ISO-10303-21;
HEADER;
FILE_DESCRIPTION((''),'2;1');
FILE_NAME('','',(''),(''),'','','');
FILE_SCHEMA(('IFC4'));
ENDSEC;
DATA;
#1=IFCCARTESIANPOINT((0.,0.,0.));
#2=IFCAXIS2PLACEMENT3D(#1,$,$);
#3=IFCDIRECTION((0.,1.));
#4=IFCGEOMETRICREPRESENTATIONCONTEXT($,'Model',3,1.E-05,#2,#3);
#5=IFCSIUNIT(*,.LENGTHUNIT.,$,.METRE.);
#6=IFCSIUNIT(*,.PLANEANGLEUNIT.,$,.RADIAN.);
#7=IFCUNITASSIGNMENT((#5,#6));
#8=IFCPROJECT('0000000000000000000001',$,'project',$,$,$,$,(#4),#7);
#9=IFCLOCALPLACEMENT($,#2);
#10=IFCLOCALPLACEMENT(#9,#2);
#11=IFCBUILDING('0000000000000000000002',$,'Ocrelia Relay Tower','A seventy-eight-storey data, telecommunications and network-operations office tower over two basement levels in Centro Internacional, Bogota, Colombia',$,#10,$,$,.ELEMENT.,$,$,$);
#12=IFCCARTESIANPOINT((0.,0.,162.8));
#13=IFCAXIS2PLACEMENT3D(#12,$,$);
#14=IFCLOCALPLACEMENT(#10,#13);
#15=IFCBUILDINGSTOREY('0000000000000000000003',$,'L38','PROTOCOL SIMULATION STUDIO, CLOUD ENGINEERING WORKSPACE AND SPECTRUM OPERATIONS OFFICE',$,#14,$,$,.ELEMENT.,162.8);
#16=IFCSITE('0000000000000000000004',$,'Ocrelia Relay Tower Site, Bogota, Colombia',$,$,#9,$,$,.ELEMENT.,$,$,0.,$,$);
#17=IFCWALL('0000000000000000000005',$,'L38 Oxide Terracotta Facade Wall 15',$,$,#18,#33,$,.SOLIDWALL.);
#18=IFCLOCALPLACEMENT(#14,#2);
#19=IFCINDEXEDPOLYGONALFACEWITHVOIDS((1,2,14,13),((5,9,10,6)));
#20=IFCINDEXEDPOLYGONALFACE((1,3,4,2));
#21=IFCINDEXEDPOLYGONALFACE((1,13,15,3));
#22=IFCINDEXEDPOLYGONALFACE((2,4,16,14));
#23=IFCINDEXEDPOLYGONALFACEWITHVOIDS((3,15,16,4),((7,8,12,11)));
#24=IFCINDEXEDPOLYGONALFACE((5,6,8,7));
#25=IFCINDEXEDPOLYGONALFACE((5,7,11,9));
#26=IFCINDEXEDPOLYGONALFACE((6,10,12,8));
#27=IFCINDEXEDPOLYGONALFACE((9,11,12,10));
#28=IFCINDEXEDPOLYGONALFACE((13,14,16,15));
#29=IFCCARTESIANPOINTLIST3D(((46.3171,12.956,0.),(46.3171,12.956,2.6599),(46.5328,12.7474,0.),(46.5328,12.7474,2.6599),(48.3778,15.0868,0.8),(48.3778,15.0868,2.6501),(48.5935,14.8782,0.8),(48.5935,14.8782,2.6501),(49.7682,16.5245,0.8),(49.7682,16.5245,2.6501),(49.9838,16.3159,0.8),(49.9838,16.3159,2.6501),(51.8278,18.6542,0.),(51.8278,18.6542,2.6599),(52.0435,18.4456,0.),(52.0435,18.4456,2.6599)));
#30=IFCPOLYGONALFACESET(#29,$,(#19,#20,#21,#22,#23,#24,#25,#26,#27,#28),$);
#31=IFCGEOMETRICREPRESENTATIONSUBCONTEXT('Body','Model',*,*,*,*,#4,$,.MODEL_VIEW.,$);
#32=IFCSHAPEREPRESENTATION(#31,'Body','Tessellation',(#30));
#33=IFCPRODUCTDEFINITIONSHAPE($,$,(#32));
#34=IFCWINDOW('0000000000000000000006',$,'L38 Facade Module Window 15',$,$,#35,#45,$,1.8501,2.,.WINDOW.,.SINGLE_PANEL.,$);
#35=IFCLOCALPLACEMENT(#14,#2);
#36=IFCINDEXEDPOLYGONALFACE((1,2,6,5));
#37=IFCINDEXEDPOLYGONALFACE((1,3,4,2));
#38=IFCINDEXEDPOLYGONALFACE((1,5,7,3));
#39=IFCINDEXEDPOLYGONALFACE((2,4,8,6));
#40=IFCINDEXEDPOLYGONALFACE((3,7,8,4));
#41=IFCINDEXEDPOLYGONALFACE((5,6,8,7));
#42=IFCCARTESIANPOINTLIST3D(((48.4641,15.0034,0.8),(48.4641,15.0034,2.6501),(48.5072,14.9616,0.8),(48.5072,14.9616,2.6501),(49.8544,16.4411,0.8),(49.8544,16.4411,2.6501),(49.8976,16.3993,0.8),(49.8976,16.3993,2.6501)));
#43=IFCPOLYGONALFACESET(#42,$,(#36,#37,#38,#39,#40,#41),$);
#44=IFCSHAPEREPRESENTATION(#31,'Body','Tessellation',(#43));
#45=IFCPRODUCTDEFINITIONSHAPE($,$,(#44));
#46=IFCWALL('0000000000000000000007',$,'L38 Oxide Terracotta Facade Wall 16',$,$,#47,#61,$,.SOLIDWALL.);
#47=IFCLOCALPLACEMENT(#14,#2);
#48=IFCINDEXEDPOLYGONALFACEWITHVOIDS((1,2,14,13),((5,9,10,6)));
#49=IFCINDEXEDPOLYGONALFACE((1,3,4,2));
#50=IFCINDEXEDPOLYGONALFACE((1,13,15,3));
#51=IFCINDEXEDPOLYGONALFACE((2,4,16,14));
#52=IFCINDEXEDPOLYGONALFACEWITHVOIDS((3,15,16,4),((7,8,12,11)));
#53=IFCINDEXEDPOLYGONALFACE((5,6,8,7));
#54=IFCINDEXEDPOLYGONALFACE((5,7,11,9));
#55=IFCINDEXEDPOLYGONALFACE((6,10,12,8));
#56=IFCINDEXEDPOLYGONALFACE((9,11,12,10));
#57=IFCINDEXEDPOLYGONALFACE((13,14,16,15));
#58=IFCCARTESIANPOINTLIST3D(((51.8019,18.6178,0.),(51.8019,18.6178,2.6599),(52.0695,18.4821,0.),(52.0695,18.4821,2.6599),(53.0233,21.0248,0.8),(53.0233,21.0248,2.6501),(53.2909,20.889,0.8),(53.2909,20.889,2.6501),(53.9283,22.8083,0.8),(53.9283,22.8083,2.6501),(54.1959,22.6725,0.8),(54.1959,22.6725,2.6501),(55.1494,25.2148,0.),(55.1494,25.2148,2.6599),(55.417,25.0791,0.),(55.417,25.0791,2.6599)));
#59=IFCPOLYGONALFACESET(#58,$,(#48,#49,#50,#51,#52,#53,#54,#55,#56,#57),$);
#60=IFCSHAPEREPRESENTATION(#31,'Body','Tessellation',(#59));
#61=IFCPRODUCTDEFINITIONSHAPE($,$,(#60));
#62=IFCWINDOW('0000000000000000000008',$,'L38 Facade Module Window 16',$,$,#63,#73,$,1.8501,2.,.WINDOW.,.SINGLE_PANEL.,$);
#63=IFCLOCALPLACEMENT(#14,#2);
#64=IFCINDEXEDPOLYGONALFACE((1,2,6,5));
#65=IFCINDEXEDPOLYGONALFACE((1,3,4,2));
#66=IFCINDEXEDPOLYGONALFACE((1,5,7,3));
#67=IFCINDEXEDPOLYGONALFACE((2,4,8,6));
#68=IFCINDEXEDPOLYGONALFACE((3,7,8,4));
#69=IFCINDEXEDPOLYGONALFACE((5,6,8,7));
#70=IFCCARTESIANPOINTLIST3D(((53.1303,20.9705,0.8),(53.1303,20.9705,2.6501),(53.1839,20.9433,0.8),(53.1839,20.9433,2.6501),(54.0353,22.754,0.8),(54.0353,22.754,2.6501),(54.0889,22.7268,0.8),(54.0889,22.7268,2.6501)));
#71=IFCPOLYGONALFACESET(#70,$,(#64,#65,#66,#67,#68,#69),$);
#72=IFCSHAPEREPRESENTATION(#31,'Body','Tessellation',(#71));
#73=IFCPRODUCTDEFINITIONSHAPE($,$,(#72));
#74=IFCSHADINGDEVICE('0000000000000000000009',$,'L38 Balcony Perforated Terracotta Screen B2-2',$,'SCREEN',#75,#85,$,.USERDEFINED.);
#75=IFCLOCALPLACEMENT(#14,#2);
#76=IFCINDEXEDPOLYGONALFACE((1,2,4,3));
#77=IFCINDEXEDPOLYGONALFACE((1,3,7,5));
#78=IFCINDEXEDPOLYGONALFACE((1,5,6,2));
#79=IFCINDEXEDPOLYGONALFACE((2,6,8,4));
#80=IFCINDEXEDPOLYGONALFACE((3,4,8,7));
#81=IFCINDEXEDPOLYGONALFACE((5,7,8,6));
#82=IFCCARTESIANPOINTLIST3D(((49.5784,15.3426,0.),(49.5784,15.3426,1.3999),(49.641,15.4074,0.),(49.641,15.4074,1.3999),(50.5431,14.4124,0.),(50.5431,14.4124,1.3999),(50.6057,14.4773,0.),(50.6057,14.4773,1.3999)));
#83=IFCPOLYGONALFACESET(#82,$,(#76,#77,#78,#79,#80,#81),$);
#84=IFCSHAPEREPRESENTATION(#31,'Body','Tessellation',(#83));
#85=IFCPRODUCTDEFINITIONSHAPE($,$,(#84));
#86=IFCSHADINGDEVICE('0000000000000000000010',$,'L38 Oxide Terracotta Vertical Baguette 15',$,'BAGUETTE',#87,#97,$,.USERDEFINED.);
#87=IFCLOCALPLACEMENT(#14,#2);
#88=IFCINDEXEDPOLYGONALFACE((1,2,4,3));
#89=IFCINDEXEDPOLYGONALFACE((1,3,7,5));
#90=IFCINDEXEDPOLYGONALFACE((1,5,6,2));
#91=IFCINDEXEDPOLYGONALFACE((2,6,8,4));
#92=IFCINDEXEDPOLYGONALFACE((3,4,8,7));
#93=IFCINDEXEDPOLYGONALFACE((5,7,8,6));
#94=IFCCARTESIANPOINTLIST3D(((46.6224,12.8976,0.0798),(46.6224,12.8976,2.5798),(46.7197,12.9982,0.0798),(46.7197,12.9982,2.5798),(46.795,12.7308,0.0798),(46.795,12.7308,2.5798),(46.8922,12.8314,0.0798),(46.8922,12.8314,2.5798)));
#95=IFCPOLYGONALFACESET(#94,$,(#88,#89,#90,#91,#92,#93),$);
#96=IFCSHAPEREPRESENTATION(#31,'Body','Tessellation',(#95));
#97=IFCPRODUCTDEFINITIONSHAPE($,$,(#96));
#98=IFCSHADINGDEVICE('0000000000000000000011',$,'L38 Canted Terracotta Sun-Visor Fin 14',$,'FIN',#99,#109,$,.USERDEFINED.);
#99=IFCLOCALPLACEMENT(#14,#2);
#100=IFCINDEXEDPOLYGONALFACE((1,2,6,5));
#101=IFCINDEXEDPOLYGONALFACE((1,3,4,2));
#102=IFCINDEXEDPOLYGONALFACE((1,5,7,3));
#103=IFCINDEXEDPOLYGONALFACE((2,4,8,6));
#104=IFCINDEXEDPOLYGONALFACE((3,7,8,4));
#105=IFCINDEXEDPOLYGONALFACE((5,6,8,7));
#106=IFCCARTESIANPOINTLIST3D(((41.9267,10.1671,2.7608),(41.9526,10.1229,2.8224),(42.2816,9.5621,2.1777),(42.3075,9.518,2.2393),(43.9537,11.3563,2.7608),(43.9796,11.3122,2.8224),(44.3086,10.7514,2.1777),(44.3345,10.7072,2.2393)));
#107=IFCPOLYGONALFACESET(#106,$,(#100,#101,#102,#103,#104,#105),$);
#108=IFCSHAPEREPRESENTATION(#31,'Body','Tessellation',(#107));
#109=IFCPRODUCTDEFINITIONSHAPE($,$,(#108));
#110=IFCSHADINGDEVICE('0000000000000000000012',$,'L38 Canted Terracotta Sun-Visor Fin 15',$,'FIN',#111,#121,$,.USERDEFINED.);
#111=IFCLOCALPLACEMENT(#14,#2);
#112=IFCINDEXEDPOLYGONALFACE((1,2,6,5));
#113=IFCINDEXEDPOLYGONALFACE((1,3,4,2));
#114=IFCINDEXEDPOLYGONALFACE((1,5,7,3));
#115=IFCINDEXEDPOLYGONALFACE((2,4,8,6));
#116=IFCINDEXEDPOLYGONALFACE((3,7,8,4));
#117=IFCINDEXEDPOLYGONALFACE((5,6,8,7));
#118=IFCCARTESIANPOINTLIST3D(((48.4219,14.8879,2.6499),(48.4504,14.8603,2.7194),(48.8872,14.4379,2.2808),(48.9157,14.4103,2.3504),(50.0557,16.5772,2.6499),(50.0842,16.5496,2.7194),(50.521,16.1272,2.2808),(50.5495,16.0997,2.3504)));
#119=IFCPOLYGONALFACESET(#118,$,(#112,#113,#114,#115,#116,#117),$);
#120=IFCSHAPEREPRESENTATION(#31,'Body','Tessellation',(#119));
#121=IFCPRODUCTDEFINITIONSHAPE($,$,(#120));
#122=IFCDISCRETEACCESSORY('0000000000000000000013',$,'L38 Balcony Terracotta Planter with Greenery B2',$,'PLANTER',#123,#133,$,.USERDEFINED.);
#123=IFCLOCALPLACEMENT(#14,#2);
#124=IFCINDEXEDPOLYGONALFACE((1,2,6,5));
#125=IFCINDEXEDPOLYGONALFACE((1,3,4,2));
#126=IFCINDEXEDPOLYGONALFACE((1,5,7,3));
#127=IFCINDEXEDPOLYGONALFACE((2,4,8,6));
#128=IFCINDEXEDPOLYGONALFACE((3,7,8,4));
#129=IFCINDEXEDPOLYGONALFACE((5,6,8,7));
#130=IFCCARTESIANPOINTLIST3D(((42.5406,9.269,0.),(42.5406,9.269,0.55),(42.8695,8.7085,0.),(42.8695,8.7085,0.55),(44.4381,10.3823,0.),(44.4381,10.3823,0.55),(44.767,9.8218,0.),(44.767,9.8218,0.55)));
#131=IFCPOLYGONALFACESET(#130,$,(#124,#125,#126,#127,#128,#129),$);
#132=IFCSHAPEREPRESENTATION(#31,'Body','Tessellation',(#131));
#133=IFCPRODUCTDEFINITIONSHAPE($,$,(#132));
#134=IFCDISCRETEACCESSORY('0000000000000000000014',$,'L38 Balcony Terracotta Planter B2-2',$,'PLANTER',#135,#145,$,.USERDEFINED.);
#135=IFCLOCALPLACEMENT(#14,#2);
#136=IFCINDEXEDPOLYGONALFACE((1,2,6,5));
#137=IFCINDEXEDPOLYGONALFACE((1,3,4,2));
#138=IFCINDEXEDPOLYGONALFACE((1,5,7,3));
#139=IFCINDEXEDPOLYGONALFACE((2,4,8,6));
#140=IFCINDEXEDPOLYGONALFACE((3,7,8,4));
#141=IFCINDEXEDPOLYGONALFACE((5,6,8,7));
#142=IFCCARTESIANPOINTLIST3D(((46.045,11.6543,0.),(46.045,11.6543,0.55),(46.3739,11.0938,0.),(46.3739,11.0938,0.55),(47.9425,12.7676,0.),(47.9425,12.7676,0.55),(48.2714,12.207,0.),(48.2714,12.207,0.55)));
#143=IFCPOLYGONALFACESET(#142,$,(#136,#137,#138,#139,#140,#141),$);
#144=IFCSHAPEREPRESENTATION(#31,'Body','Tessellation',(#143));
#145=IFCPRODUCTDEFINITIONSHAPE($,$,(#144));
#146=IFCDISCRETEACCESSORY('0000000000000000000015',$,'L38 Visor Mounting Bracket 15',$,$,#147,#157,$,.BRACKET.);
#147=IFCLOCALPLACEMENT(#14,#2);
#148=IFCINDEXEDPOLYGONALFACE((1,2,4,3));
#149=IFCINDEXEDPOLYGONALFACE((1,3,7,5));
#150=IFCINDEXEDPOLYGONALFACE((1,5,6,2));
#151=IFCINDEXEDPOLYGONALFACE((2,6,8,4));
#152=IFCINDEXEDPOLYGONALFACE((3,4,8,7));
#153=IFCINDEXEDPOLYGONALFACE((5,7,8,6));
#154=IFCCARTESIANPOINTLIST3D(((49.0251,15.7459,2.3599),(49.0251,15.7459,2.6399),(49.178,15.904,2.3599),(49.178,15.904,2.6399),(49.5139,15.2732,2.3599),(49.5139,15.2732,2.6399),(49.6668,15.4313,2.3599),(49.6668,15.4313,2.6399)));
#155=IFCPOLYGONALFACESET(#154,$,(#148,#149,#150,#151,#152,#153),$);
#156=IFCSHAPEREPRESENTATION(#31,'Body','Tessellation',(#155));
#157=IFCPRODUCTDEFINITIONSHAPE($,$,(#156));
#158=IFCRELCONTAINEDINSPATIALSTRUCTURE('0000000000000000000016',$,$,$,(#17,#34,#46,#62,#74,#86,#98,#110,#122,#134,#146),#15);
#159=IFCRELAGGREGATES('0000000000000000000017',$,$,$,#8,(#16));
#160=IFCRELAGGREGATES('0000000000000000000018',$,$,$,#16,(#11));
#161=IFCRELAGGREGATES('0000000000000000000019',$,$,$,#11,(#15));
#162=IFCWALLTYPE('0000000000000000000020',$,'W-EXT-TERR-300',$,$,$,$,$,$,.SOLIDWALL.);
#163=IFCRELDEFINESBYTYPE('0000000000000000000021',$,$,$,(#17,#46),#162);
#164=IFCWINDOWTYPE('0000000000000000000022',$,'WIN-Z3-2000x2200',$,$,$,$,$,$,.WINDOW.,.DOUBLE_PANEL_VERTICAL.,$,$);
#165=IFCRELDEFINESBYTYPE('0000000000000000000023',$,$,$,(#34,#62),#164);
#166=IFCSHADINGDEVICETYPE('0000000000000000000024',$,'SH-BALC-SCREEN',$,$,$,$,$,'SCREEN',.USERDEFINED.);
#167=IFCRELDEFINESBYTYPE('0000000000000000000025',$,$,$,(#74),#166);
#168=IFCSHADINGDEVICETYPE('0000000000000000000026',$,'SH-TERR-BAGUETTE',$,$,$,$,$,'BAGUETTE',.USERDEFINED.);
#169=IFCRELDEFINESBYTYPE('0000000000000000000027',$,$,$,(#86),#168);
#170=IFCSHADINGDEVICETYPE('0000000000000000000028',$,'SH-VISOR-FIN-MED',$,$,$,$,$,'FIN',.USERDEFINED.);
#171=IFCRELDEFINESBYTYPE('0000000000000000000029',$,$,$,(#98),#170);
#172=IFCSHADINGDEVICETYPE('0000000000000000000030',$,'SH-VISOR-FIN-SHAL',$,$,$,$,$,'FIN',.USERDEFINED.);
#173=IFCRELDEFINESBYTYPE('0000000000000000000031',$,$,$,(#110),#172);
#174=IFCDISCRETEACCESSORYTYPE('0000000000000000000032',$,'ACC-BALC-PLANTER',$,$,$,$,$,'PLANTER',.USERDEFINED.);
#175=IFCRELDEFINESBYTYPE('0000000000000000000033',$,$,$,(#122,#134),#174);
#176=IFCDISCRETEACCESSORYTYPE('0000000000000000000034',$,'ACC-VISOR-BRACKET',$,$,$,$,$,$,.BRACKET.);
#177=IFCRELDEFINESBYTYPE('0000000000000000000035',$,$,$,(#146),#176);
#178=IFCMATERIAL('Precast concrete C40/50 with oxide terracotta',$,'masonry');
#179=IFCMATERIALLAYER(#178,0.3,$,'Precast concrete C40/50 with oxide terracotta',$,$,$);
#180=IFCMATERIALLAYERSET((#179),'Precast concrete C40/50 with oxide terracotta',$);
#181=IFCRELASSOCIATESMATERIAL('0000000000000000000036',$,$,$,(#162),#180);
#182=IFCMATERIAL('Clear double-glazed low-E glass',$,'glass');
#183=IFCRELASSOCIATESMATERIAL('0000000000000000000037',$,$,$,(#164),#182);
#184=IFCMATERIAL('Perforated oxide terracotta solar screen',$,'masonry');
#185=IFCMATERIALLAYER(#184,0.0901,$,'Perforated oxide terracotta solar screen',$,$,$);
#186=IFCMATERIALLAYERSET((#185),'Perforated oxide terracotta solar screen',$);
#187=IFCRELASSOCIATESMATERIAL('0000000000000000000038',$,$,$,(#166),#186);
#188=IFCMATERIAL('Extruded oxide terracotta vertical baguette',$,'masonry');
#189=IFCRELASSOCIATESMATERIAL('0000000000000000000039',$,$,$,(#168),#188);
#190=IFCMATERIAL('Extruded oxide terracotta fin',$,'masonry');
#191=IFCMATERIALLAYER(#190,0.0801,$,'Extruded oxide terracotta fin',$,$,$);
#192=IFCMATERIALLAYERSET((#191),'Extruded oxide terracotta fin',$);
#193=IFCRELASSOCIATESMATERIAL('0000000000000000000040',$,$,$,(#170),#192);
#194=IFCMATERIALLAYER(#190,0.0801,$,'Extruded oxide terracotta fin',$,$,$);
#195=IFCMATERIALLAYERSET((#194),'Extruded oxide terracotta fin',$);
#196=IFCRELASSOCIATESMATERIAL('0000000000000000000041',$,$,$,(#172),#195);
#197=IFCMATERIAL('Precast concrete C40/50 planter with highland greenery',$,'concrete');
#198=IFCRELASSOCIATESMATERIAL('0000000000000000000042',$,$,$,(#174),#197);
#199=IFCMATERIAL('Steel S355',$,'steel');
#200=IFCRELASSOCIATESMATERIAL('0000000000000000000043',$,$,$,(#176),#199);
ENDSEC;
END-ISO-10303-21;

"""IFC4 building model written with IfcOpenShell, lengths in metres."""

from ifc_helpers import new_model, si_unit, direction, frame, frame_2d, origin, origin_2d, place, context, subcontext, project, spatial, rectangle, extrude, material, layer, layer_set, type_object, element, fill, save


model = new_model("IFC4")

# Units and contexts
model_context = context("Model", 3, precision=1e-05, world=origin(), true_north=direction((0.0, 1.0)))
body_context = subcontext(model_context, "Body", "Model", "MODEL_VIEW")
ifc_project = project(units=[si_unit("LENGTHUNIT", "METRE"), si_unit("PLANEANGLEUNIT", "RADIAN")], contexts=[model_context])

# Site, building, storey
site_placement = place(None, origin())
site = spatial("IfcSite", under=ifc_project, at=site_placement, Name="Ocrelia Relay Tower Site, Bogota, Colombia", CompositionType="ELEMENT", RefElevation=0.0)
building_placement = place(site_placement, origin())
building = spatial("IfcBuilding", under=site, at=building_placement, Name="Ocrelia Relay Tower", Description="A seventy-eight-storey data, telecommunications and network-operations office tower over two basement levels in Centro Internacional, Bogota, Colombia", CompositionType="ELEMENT")
storey_placement = place(building_placement, frame((0.0, 0.0, 162.8)))
storey = spatial("IfcBuildingStorey", under=building, at=storey_placement, Name="L38", Description="PROTOCOL SIMULATION STUDIO, CLOUD ENGINEERING WORKSPACE AND SPECTRUM OPERATIONS OFFICE", CompositionType="ELEMENT", Elevation=162.8)

# Shared definitions
ifc_material_1 = material(Name="Steel S355", Category="steel")

# Walls, openings, windows
ifc_material_2 = material(Name="Precast concrete C40/50 with oxide terracotta", Category="masonry")
ifc_layer_1 = layer(ifc_material_2, 0.3, Name="Precast concrete C40/50 with oxide terracotta")
ifc_layer_set_1 = layer_set([ifc_layer_1], Name="Precast concrete C40/50 with oxide terracotta")
wall_type = type_object("IfcWallType", Name="W-EXT-TERR-300", PredefinedType="SOLIDWALL", material=ifc_layer_set_1)
wall_1_placement = place(storey_placement, frame((46.425, 12.8518, 0.0), z_axis=(0.0, 0.0, 1.0), x_axis=(0.695181, 0.718834, 0.0)))
wall_1 = element("IfcWall", 1, at=wall_1_placement, inside=storey, type_object=wall_type, Name="L38 Oxide Terracotta Facade Wall 15", PredefinedType="SOLIDWALL", context=body_context, shape_type="SweptSolid", body=[
    extrude(rectangle(XDim=7.927, YDim=0.3, at=frame_2d((3.9634, 0.0))), origin(), (0.0, 0.0, 1.0), 2.6599),
])
opening_1_placement = place(wall_1_placement, frame((2.9641, 0.0, 0.8)))
opening_1 = element("IfcOpeningElement", 2, at=opening_1_placement, cuts=wall_1, PredefinedType="OPENING", context=body_context, shape_type="SweptSolid", body=[
    extrude(rectangle(XDim=2.0, YDim=1.8501, at=frame_2d((1.0, 0.925))), frame((0.0, 0.1602, 0.0), z_axis=(0.0, -1.0, 0.0), x_axis=(1.0, 0.0, 0.0)), (0.0, 0.0, 1.0), 0.3201),
])
ifc_material_3 = material(Name="Clear double-glazed low-E glass", Category="glass")
window_type = type_object("IfcWindowType", Name="WIN-Z3-2000x2200", PartitioningType="DOUBLE_PANEL_VERTICAL", PredefinedType="WINDOW", material=ifc_material_3)
window_1_placement = place(opening_1_placement, origin())
window_1 = element("IfcWindow", 3, at=window_1_placement, inside=storey, type_object=window_type, Name="L38 Facade Module Window 15", OverallHeight=1.8501, OverallWidth=2.0, PartitioningType="SINGLE_PANEL", PredefinedType="WINDOW", context=body_context, shape_type="SweptSolid", body=[
    extrude(rectangle(XDim=2.0, YDim=1.8501, at=frame_2d((1.0, 0.925))), frame((0.0, 0.03, 0.0), z_axis=(0.0, -1.0, 0.0), x_axis=(1.0, 0.0, 0.0)), (0.0, 0.0, 1.0), 0.0601),
])
fill(opening_1, window_1)
wall_2_placement = place(storey_placement, frame((51.9358, 18.55, 0.0), z_axis=(0.0, 0.0, 1.0), x_axis=(0.452499, 0.891765, 0.0)))
wall_2 = element("IfcWall", 4, at=wall_2_placement, inside=storey, type_object=wall_type, Name="L38 Oxide Terracotta Facade Wall 16", PredefinedType="SOLIDWALL", context=body_context, shape_type="SweptSolid", body=[
    extrude(rectangle(XDim=7.3977, YDim=0.3, at=frame_2d((3.6987, 0.0))), origin(), (0.0, 0.0, 1.0), 2.6599),
])
opening_2_placement = place(wall_2_placement, frame((2.699, 0.0, 0.8)))
opening_2 = element("IfcOpeningElement", 5, at=opening_2_placement, cuts=wall_2, PredefinedType="OPENING", context=body_context, shape_type="SweptSolid", body=[
    extrude(rectangle(XDim=2.0, YDim=1.8501, at=frame_2d((1.0, 0.925))), frame((0.0, 0.1602, 0.0), z_axis=(0.0, -1.0, 0.0), x_axis=(1.0, 0.0, 0.0)), (0.0, 0.0, 1.0), 0.3201),
])
window_2_placement = place(opening_2_placement, origin())
window_2 = element("IfcWindow", 6, at=window_2_placement, inside=storey, type_object=window_type, Name="L38 Facade Module Window 16", OverallHeight=1.8501, OverallWidth=2.0, PartitioningType="SINGLE_PANEL", PredefinedType="WINDOW", context=body_context, shape_type="SweptSolid", body=[
    extrude(rectangle(XDim=2.0, YDim=1.8501, at=frame_2d((1.0, 0.925))), frame((0.0, 0.03, 0.0), z_axis=(0.0, -1.0, 0.0), x_axis=(1.0, 0.0, 0.0)), (0.0, 0.0, 1.0), 0.0601),
])
fill(opening_2, window_2)

# Shading devices
ifc_material_4 = material(Name="Perforated oxide terracotta solar screen", Category="masonry")
ifc_layer_2 = layer(ifc_material_4, 0.0901, Name="Perforated oxide terracotta solar screen")
ifc_layer_set_2 = layer_set([ifc_layer_2], Name="Perforated oxide terracotta solar screen")
shading_device_type_1 = type_object("IfcShadingDeviceType", Name="SH-BALC-SCREEN", ElementType="SCREEN", PredefinedType="USERDEFINED", material=ifc_layer_set_2)
shading_device_1_placement = place(storey_placement, frame((50.092, 14.9099, 0.0), z_axis=(0.0, 0.0, 1.0), x_axis=(0.719871, -0.694108, 0.0)))
element("IfcShadingDevice", 7, at=shading_device_1_placement, inside=storey, type_object=shading_device_type_1, Name="L38 Balcony Perforated Terracotta Screen B2-2", ObjectType="SCREEN", PredefinedType="USERDEFINED", context=body_context, shape_type="SweptSolid", body=[
    extrude(rectangle(XDim=1.3401, YDim=0.0901, at=origin_2d()), origin(), (0.0, 0.0, 1.0), 1.3999),
])
ifc_material_5 = material(Name="Extruded oxide terracotta vertical baguette", Category="masonry")
shading_device_type_2 = type_object("IfcShadingDeviceType", Name="SH-TERR-BAGUETTE", ElementType="BAGUETTE", PredefinedType="USERDEFINED", material=ifc_material_5)
shading_device_2_placement = place(storey_placement, frame((46.7573, 12.8645, 0.0798), z_axis=(0.0, 0.0, 1.0), x_axis=(0.695188, 0.718828, 0.0)))
element("IfcShadingDevice", 8, at=shading_device_2_placement, inside=storey, type_object=shading_device_type_2, Name="L38 Oxide Terracotta Vertical Baguette 15", ObjectType="BAGUETTE", PredefinedType="USERDEFINED", context=body_context, shape_type="SweptSolid", body=[
    extrude(rectangle(XDim=0.1399, YDim=0.24, at=origin_2d()), origin(), (0.0, 0.0, 1.0), 2.5),
])
ifc_material_6 = material(Name="Extruded oxide terracotta fin", Category="masonry")
ifc_layer_3 = layer(ifc_material_6, 0.0801, Name="Extruded oxide terracotta fin")
ifc_layer_set_3 = layer_set([ifc_layer_3], Name="Extruded oxide terracotta fin")
shading_device_type_3 = type_object("IfcShadingDeviceType", Name="SH-VISOR-FIN-MED", ElementType="FIN", PredefinedType="USERDEFINED", material=ifc_layer_set_3)
shading_device_3_placement = place(storey_placement, frame((43.1177, 10.4592, 2.4692), z_axis=(0.32351, -0.551409, 0.768953), x_axis=(0.862513, 0.506035, 0.0)))
element("IfcShadingDevice", 9, at=shading_device_3_placement, inside=storey, type_object=shading_device_type_3, Name="L38 Canted Terracotta Sun-Visor Fin 14", ObjectType="FIN", PredefinedType="USERDEFINED", context=body_context, shape_type="SweptSolid", body=[
    extrude(rectangle(XDim=2.3501, YDim=0.9121, at=origin_2d()), origin(), (0.0, 0.0, 1.0), 0.0801),
])
ifc_layer_4 = layer(ifc_material_6, 0.0801, Name="Extruded oxide terracotta fin")
ifc_layer_set_4 = layer_set([ifc_layer_4], Name="Extruded oxide terracotta fin")
shading_device_type_4 = type_object("IfcShadingDeviceType", Name="SH-VISOR-FIN-SHAL", ElementType="FIN", PredefinedType="USERDEFINED", material=ifc_layer_set_4)
shading_device_4_placement = place(storey_placement, frame((49.4714, 15.5076, 2.4653), z_axis=(0.356041, -0.344331, 0.868718), x_axis=(0.695188, 0.718828, 0.0)))
element("IfcShadingDevice", 10, at=shading_device_4_placement, inside=storey, type_object=shading_device_type_4, Name="L38 Canted Terracotta Sun-Visor Fin 15", ObjectType="FIN", PredefinedType="USERDEFINED", context=body_context, shape_type="SweptSolid", body=[
    extrude(rectangle(XDim=2.3501, YDim=0.7451, at=origin_2d()), origin(), (0.0, 0.0, 1.0), 0.0801),
])

# Discrete accessories
ifc_material_7 = material(Name="Precast concrete C40/50 planter with highland greenery", Category="concrete")
discrete_accessory_type_1 = type_object("IfcDiscreteAccessoryType", Name="ACC-BALC-PLANTER", ElementType="PLANTER", PredefinedType="USERDEFINED", material=ifc_material_7)
for number, where, z_axis, x_axis, name in (
    (11, (43.6538, 9.5454, 0.0), (0.0, 0.0, 1.0), (-0.862506, -0.506047, 0.0), "L38 Balcony Terracotta Planter with Greenery B2"),
    (12, (47.1582, 11.9307, 0.0), (0.0, 0.0, 1.0), (-0.862506, -0.506047, 0.0), "L38 Balcony Terracotta Planter B2-2"),
):
    element("IfcDiscreteAccessory", number, at=place(storey_placement, frame(where, z_axis=z_axis, x_axis=x_axis)), inside=storey, type_object=discrete_accessory_type_1, Name=name, ObjectType="PLANTER", PredefinedType="USERDEFINED", context=body_context, shape_type="SweptSolid", body=[
        extrude(rectangle(XDim=2.2, YDim=0.6499, at=origin_2d()), origin(), (0.0, 0.0, 1.0), 0.55),
    ])
discrete_accessory_type_2 = type_object("IfcDiscreteAccessoryType", Name="ACC-VISOR-BRACKET", PredefinedType="BRACKET", material=ifc_material_1)
discrete_accessory_placement = place(storey_placement, frame((49.3459, 15.5886, 2.3599), z_axis=(0.0, 0.0, 1.0), x_axis=(0.695188, 0.718828, 0.0)))
element("IfcDiscreteAccessory", 13, at=discrete_accessory_placement, inside=storey, type_object=discrete_accessory_type_2, Name="L38 Visor Mounting Bracket 15", PredefinedType="BRACKET", context=body_context, shape_type="SweptSolid", body=[
    extrude(rectangle(XDim=0.22, YDim=0.6799, at=origin_2d()), origin(), (0.0, 0.0, 1.0), 0.28),
])

save(model, "model.ifc")
